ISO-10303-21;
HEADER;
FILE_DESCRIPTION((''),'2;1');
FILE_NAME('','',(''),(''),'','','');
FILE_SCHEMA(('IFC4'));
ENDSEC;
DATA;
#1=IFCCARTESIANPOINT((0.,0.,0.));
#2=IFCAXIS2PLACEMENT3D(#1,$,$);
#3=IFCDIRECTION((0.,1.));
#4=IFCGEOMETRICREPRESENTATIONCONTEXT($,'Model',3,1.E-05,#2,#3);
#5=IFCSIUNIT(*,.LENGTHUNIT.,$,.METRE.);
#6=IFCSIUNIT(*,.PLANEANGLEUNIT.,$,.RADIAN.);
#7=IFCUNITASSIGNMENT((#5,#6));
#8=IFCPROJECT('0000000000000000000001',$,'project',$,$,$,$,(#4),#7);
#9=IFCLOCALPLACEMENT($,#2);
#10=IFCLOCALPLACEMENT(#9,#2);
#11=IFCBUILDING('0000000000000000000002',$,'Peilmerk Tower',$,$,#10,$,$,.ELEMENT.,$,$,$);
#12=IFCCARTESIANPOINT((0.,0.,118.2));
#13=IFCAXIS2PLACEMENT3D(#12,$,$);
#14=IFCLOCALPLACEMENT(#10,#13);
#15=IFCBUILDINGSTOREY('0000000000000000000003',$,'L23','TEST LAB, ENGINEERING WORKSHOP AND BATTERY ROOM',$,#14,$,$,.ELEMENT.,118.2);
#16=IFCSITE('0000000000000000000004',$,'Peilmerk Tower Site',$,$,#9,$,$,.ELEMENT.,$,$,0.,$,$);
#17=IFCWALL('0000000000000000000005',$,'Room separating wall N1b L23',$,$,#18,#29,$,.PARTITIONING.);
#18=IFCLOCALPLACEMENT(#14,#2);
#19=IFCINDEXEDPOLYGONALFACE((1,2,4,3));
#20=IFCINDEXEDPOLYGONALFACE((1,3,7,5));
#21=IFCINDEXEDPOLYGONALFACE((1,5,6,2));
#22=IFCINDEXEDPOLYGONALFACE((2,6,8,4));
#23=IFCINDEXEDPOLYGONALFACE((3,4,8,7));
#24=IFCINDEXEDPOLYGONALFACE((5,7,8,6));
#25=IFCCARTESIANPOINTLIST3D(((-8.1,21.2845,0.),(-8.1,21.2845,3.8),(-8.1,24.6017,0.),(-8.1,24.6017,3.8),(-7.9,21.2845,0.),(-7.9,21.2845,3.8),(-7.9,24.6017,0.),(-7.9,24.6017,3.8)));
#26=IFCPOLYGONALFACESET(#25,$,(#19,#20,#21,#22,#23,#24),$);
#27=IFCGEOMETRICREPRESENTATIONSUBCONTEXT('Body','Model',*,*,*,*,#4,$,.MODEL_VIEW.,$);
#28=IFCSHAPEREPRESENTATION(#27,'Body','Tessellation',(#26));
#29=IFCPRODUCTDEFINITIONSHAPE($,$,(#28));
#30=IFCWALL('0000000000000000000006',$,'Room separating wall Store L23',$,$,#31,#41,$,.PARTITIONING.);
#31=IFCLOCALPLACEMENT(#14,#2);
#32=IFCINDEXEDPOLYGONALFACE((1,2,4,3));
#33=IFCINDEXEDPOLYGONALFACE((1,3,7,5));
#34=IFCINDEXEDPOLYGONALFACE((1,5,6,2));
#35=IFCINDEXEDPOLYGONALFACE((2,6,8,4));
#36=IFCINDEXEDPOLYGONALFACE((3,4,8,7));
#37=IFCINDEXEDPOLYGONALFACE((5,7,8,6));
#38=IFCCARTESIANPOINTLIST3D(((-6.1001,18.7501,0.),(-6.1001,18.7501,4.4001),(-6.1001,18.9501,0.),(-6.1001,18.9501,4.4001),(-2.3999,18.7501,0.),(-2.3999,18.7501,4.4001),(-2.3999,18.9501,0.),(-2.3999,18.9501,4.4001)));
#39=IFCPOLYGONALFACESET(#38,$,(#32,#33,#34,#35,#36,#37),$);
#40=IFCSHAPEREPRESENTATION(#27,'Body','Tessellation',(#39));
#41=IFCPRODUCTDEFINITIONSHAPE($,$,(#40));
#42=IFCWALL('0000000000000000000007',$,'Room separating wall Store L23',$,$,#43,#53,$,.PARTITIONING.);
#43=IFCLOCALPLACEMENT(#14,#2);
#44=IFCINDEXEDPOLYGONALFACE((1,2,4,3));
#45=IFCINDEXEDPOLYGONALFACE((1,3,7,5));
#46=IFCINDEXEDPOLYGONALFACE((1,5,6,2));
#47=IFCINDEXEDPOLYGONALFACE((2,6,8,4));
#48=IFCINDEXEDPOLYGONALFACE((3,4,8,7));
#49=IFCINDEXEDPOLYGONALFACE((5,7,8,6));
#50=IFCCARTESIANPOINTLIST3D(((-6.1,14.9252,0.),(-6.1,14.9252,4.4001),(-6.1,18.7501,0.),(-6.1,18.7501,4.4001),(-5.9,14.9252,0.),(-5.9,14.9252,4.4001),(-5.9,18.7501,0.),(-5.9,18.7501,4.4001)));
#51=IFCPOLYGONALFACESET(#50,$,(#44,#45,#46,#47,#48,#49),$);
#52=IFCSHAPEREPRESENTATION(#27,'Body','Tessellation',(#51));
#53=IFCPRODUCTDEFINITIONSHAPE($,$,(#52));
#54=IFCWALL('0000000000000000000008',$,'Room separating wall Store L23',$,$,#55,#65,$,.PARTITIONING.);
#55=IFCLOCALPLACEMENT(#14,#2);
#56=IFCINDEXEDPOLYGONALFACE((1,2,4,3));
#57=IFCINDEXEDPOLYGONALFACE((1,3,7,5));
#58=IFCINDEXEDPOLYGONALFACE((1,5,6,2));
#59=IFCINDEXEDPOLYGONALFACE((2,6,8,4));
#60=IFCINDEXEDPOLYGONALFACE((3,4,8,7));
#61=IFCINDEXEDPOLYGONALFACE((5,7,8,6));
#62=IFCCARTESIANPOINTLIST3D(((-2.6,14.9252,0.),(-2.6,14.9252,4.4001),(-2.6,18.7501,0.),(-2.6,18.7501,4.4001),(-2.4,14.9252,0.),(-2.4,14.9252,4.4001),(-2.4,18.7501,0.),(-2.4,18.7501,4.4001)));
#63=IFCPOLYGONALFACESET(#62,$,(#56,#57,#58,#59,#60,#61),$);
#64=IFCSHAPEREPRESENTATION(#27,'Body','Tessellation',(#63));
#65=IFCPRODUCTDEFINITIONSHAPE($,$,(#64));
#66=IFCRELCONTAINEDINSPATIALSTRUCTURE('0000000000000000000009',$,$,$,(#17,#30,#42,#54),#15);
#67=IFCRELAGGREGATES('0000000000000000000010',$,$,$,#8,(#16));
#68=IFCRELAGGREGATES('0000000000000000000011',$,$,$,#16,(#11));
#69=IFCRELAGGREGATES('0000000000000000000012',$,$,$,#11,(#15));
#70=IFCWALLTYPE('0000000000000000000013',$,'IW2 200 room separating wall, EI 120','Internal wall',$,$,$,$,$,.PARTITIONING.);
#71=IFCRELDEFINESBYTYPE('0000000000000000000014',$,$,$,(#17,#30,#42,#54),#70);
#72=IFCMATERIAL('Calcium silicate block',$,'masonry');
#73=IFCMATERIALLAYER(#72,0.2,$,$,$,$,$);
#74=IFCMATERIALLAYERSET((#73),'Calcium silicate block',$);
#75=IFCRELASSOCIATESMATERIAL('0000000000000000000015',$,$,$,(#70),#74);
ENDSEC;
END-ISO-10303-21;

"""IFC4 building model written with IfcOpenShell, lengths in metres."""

from ifc_helpers import new_model, si_unit, direction, frame, frame_2d, origin, place, context, subcontext, project, spatial, rectangle, extrude, material, layer, layer_set, type_object, element, save


model = new_model("IFC4")

# Units and contexts
model_context = context("Model", 3, precision=1e-05, world=origin(), true_north=direction((0.0, 1.0)))
body_context = subcontext(model_context, "Body", "Model", "MODEL_VIEW")
ifc_project = project(units=[si_unit("LENGTHUNIT", "METRE"), si_unit("PLANEANGLEUNIT", "RADIAN")], contexts=[model_context])

# Site, building, storey
site_placement = place(None, origin())
site = spatial("IfcSite", under=ifc_project, at=site_placement, Name="Peilmerk Tower Site", CompositionType="ELEMENT", RefElevation=0.0)
building_placement = place(site_placement, origin())
building = spatial("IfcBuilding", under=site, at=building_placement, Name="Peilmerk Tower", CompositionType="ELEMENT")
storey_placement = place(building_placement, frame((0.0, 0.0, 118.2)))
storey = spatial("IfcBuildingStorey", under=building, at=storey_placement, Name="L23", Description="TEST LAB, ENGINEERING WORKSHOP AND BATTERY ROOM", CompositionType="ELEMENT", Elevation=118.2)

# Walls
ifc_material_1 = material(Name="Calcium silicate block", Category="masonry")
ifc_layer = layer(ifc_material_1, 0.2)
ifc_layer_set = layer_set([ifc_layer], Name="Calcium silicate block")
wall_type = type_object("IfcWallType", Name="IW2 200 room separating wall, EI 120", Description="Internal wall", PredefinedType="PARTITIONING", material=ifc_layer_set)
wall_1_placement = place(storey_placement, frame((-8.0, 21.2844, 0.0), z_axis=(0.0, 0.0, 1.0), x_axis=(0.0, 1.0, 0.0)))
element("IfcWall", 1, at=wall_1_placement, inside=storey, type_object=wall_type, Name="Room separating wall N1b L23", PredefinedType="PARTITIONING", context=body_context, shape_type="SweptSolid", body=[
    extrude(rectangle(XDim=3.3171, YDim=0.2, at=frame_2d((1.6587, 0.0))), origin(), (0.0, 0.0, 1.0), 3.8),
])
wall_2_placement = place(storey_placement, frame((-6.1001, 18.8501, 0.0), z_axis=(0.0, 0.0, 1.0), x_axis=(1.0, 0.0, 0.0)))
element("IfcWall", 2, at=wall_2_placement, inside=storey, type_object=wall_type, Name="Room separating wall Store L23", PredefinedType="PARTITIONING", context=body_context, shape_type="SweptSolid", body=[
    extrude(rectangle(XDim=3.7002, YDim=0.2, at=frame_2d((1.8501, 0.0))), origin(), (0.0, 0.0, 1.0), 4.4001),
])
for number, where, z_axis, x_axis, name in (
    (3, (-6.0, 14.925, 0.0), (0.0, 0.0, 1.0), (0.0, 1.0, 0.0), "Room separating wall Store L23"),
    (4, (-2.5, 14.925, 0.0), (0.0, 0.0, 1.0), (0.0, 1.0, 0.0), "Room separating wall Store L23"),
):
    element("IfcWall", number, at=place(storey_placement, frame(where, z_axis=z_axis, x_axis=x_axis)), inside=storey, type_object=wall_type, Name=name, PredefinedType="PARTITIONING", context=body_context, shape_type="SweptSolid", body=[
        extrude(rectangle(XDim=3.825, YDim=0.2, at=frame_2d((1.9126, 0.0))), origin(), (0.0, 0.0, 1.0), 4.4001),
    ])

save(model, "model.ifc")
